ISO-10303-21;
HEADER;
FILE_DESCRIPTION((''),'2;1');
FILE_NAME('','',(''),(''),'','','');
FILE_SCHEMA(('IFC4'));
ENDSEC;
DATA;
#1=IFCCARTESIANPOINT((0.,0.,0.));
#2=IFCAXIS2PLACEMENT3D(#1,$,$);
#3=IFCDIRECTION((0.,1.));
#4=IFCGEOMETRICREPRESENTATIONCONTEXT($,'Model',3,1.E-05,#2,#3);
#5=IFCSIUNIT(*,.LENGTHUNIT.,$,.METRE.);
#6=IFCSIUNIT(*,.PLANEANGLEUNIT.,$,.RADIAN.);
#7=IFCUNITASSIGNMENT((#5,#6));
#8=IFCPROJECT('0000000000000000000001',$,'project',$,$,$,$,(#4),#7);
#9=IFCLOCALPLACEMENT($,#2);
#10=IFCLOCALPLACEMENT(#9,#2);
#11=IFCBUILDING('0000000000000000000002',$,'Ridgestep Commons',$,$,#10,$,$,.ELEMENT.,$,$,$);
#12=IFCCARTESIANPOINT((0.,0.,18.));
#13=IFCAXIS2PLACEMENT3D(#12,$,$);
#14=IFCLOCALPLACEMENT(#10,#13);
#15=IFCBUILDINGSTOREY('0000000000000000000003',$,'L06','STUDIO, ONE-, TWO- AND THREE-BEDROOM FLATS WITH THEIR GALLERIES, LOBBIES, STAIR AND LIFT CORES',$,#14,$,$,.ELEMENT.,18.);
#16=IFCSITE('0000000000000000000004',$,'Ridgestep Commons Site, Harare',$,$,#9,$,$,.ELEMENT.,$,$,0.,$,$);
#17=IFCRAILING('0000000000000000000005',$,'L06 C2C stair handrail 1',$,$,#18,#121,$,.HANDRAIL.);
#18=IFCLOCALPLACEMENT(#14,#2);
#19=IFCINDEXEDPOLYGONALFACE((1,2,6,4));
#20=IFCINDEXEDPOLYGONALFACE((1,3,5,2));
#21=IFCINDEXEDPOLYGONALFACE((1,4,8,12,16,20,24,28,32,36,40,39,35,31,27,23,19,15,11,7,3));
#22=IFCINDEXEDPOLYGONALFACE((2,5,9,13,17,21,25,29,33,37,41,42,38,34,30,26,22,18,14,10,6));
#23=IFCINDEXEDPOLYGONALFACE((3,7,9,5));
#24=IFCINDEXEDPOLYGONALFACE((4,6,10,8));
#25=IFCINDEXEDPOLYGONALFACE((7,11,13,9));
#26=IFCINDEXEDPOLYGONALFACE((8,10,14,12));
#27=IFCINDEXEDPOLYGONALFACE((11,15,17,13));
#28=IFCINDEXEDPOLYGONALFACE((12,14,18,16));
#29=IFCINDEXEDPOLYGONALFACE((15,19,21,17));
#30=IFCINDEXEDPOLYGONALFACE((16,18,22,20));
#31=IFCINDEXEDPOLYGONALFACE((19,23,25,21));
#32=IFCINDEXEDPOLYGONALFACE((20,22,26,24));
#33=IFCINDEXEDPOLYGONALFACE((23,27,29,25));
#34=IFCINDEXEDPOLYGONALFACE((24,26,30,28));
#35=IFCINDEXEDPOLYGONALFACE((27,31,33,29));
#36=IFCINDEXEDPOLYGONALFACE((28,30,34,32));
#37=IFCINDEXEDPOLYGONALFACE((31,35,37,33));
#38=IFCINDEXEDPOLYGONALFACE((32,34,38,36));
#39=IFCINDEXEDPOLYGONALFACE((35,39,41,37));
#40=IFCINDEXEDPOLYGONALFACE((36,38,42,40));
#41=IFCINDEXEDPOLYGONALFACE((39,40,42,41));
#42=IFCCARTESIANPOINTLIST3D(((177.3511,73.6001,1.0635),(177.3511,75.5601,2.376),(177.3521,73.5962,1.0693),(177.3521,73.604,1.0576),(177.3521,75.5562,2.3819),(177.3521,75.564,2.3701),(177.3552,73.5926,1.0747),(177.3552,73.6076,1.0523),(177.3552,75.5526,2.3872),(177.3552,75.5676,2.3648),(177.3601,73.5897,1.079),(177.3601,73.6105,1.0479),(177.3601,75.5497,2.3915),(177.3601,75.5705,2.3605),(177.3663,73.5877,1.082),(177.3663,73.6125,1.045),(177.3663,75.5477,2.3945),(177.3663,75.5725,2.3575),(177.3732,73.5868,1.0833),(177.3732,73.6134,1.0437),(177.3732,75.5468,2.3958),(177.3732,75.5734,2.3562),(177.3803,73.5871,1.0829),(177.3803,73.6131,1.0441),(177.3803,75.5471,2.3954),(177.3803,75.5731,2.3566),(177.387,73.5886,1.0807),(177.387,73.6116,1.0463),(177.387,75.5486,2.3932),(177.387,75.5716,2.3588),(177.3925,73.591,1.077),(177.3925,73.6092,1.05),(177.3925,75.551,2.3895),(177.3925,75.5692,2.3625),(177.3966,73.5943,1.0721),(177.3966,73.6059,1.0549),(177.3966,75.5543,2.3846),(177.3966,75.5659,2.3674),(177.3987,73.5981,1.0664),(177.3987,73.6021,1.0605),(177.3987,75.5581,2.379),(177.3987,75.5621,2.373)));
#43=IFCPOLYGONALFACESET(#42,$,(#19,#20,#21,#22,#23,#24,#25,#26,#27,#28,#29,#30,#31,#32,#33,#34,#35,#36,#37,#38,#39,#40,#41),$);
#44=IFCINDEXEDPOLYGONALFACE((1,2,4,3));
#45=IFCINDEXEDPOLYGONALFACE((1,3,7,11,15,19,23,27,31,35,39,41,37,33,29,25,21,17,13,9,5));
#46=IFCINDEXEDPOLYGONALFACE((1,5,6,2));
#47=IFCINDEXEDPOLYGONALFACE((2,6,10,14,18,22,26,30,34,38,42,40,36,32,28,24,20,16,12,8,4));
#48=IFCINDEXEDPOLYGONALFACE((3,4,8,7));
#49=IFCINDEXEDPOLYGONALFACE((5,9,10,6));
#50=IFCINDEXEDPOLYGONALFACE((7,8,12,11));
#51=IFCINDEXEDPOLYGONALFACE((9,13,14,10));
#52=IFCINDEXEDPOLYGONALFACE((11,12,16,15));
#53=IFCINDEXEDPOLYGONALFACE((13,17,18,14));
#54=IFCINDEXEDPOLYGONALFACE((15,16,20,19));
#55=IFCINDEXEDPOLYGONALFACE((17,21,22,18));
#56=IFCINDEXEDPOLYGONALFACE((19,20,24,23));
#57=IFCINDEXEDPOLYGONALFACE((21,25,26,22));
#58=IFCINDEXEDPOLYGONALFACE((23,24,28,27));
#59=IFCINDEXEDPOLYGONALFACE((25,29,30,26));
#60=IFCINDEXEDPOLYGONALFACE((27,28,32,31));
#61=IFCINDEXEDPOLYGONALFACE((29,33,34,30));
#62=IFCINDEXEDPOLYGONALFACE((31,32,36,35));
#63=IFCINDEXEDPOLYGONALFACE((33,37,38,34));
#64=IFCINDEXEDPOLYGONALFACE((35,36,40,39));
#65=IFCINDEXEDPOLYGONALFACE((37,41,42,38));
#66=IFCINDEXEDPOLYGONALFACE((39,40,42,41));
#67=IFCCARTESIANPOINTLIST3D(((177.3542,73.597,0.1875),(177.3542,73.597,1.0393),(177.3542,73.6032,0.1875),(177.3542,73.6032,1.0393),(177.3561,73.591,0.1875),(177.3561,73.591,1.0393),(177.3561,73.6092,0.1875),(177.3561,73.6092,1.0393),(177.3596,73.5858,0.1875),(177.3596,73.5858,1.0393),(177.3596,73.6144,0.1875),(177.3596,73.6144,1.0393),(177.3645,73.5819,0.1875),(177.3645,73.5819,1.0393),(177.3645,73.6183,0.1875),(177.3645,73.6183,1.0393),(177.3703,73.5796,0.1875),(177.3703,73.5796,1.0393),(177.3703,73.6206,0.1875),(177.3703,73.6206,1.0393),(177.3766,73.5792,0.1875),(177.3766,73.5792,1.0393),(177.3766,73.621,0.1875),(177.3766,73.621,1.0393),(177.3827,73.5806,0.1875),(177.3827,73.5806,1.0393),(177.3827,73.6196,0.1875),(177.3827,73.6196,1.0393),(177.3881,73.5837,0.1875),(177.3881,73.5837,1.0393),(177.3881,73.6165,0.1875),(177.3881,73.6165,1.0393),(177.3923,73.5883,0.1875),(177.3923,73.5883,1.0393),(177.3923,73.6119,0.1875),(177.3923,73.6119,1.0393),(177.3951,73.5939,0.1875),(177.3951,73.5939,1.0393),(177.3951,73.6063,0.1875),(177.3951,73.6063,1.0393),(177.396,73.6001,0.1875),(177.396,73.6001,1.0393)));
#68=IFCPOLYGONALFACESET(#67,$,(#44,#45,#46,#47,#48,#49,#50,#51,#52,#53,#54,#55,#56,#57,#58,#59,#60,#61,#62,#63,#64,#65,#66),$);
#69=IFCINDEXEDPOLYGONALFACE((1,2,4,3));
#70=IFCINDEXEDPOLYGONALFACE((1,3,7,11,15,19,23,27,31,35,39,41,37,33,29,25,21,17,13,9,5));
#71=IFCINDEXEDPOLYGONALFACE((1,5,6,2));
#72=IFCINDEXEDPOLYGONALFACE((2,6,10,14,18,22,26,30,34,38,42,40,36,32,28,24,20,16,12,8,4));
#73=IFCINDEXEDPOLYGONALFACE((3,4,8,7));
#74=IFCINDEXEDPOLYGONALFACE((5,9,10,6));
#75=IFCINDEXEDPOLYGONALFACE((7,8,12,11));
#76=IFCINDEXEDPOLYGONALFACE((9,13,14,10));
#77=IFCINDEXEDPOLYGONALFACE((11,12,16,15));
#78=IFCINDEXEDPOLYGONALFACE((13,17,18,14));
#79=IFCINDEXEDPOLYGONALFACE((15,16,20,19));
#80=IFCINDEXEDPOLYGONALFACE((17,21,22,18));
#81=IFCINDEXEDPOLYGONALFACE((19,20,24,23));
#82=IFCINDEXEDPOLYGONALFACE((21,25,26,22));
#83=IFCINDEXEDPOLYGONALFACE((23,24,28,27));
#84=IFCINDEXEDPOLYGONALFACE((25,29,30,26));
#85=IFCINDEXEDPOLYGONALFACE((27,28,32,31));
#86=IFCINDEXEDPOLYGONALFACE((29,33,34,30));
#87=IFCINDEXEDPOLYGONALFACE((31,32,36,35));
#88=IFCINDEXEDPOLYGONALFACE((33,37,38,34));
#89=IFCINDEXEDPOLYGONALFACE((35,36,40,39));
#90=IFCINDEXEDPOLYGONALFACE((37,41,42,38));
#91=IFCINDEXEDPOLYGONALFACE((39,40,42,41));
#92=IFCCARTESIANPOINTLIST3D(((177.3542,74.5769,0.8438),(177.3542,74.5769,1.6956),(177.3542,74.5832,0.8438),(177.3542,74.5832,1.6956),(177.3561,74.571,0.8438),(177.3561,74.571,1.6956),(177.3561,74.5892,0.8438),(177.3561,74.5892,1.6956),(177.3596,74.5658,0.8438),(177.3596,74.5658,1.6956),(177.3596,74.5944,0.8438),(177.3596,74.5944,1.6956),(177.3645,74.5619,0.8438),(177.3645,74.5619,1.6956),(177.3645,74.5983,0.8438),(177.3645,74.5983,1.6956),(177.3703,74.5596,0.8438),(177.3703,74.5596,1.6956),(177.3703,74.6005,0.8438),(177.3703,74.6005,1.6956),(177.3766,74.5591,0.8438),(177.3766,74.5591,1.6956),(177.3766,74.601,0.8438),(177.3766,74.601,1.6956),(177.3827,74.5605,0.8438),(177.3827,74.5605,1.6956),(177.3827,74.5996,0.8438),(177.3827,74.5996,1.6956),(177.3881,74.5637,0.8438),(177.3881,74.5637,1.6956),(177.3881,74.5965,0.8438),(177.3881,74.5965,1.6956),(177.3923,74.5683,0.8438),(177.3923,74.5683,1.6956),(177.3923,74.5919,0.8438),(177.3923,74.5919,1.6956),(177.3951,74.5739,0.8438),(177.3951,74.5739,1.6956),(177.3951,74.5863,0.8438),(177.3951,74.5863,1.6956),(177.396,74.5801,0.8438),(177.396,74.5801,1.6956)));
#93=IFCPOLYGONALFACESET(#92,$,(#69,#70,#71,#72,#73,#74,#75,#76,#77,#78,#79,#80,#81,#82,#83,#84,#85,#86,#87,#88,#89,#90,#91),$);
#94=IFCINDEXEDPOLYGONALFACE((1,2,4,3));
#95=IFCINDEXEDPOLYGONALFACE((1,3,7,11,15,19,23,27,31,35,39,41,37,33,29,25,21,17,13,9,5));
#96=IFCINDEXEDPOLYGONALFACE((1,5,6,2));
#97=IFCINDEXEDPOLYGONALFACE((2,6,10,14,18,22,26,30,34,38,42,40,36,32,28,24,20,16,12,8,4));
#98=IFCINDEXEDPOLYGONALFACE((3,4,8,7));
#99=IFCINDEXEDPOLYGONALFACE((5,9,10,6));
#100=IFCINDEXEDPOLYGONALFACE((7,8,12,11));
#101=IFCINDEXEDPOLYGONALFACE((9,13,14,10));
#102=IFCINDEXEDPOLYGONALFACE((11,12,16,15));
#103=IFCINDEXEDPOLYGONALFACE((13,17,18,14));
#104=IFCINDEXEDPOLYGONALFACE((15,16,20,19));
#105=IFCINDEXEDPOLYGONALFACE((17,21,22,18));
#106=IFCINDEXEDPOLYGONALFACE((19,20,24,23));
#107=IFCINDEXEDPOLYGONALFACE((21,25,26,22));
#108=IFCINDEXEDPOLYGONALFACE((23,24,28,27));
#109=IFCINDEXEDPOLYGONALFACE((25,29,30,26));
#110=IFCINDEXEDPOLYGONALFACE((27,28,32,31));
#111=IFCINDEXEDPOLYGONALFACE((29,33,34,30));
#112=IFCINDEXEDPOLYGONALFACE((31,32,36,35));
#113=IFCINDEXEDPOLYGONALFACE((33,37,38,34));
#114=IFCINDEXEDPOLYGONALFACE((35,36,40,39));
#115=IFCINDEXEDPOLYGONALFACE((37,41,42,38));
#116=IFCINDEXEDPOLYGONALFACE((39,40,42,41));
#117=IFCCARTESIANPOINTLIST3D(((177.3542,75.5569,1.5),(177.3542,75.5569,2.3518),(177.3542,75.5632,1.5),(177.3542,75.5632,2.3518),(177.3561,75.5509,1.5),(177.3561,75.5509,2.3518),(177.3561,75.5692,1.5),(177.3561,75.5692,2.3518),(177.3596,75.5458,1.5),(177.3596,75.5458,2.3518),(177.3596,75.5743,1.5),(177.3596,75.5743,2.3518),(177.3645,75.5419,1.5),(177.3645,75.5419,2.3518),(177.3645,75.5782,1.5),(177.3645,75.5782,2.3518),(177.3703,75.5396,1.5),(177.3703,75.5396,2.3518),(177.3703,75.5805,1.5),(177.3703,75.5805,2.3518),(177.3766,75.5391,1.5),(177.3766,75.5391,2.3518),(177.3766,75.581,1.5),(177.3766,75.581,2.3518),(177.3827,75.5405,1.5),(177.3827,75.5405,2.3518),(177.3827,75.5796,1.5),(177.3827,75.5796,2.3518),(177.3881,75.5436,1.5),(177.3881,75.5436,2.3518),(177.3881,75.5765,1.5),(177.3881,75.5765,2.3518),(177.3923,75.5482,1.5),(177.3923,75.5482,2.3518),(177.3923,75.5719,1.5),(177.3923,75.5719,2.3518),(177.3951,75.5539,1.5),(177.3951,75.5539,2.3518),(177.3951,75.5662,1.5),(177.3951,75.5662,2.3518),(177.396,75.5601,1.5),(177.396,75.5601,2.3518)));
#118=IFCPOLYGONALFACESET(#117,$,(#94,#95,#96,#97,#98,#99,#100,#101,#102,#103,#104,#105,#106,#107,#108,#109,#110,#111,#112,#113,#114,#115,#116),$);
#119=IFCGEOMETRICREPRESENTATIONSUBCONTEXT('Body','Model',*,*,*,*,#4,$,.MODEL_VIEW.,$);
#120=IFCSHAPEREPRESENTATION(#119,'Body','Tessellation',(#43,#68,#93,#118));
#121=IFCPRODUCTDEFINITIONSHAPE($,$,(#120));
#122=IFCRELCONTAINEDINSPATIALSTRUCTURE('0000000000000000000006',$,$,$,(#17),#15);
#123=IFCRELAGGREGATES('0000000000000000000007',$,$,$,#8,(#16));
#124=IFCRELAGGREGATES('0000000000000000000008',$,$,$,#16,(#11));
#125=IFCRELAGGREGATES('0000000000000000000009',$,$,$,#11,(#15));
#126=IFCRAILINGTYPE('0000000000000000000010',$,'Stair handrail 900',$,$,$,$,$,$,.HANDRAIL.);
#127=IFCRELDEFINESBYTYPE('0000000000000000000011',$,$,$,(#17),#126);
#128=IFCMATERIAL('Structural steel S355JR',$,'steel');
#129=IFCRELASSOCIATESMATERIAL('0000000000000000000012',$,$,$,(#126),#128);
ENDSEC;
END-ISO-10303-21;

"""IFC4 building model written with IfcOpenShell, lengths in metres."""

from ifc_helpers import new_model, si_unit, direction, frame, origin, origin_2d, place, context, subcontext, project, spatial, circle, extrude, material, type_object, element, save


model = new_model("IFC4")

# Units and contexts
model_context = context("Model", 3, precision=1e-05, world=origin(), true_north=direction((0.0, 1.0)))
body_context = subcontext(model_context, "Body", "Model", "MODEL_VIEW")
ifc_project = project(units=[si_unit("LENGTHUNIT", "METRE"), si_unit("PLANEANGLEUNIT", "RADIAN")], contexts=[model_context])

# Site, building, storey
site_placement = place(None, origin())
site = spatial("IfcSite", under=ifc_project, at=site_placement, Name="Ridgestep Commons Site, Harare", CompositionType="ELEMENT", RefElevation=0.0)
building_placement = place(site_placement, origin())
building = spatial("IfcBuilding", under=site, at=building_placement, Name="Ridgestep Commons", CompositionType="ELEMENT")
storey_placement = place(building_placement, frame((0.0, 0.0, 18.0)))
storey = spatial("IfcBuildingStorey", under=building, at=storey_placement, Name="L06", Description="STUDIO, ONE-, TWO- AND THREE-BEDROOM FLATS WITH THEIR GALLERIES, LOBBIES, STAIR AND LIFT CORES", CompositionType="ELEMENT", Elevation=18.0)

# Railing
ifc_material_1 = material(Name="Structural steel S355JR", Category="steel")
railing_type_1 = type_object("IfcRailingType", Name="Stair handrail 900", PredefinedType="HANDRAIL", material=ifc_material_1)
railing_1_placement = place(storey_placement, frame((177.375, 73.6001, 0.1875)))
element("IfcRailing", 1, at=railing_1_placement, inside=storey, type_object=railing_type_1, Name="L06 C2C stair handrail 1", PredefinedType="HANDRAIL", context=body_context, shape_type="SweptSolid", body=[
    extrude(circle(Radius=0.0239, at=origin_2d()), frame((0.0, 0.0, 0.876), z_axis=(0.0, 0.830902, 0.556419), x_axis=(-1.0, 0.0, 0.0)), (0.0, 0.0, 1.0), 2.3589),
    extrude(circle(Radius=0.021, at=origin_2d()), origin(), (0.0, 0.0, 1.0), 0.8518),
    extrude(circle(Radius=0.021, at=origin_2d()), frame((0.0, 0.98, 0.6562)), (0.0, 0.0, 1.0), 0.8518),
    extrude(circle(Radius=0.021, at=origin_2d()), frame((0.0, 1.96, 1.3125)), (0.0, 0.0, 1.0), 0.8518),
])

save(model, "model.ifc")
